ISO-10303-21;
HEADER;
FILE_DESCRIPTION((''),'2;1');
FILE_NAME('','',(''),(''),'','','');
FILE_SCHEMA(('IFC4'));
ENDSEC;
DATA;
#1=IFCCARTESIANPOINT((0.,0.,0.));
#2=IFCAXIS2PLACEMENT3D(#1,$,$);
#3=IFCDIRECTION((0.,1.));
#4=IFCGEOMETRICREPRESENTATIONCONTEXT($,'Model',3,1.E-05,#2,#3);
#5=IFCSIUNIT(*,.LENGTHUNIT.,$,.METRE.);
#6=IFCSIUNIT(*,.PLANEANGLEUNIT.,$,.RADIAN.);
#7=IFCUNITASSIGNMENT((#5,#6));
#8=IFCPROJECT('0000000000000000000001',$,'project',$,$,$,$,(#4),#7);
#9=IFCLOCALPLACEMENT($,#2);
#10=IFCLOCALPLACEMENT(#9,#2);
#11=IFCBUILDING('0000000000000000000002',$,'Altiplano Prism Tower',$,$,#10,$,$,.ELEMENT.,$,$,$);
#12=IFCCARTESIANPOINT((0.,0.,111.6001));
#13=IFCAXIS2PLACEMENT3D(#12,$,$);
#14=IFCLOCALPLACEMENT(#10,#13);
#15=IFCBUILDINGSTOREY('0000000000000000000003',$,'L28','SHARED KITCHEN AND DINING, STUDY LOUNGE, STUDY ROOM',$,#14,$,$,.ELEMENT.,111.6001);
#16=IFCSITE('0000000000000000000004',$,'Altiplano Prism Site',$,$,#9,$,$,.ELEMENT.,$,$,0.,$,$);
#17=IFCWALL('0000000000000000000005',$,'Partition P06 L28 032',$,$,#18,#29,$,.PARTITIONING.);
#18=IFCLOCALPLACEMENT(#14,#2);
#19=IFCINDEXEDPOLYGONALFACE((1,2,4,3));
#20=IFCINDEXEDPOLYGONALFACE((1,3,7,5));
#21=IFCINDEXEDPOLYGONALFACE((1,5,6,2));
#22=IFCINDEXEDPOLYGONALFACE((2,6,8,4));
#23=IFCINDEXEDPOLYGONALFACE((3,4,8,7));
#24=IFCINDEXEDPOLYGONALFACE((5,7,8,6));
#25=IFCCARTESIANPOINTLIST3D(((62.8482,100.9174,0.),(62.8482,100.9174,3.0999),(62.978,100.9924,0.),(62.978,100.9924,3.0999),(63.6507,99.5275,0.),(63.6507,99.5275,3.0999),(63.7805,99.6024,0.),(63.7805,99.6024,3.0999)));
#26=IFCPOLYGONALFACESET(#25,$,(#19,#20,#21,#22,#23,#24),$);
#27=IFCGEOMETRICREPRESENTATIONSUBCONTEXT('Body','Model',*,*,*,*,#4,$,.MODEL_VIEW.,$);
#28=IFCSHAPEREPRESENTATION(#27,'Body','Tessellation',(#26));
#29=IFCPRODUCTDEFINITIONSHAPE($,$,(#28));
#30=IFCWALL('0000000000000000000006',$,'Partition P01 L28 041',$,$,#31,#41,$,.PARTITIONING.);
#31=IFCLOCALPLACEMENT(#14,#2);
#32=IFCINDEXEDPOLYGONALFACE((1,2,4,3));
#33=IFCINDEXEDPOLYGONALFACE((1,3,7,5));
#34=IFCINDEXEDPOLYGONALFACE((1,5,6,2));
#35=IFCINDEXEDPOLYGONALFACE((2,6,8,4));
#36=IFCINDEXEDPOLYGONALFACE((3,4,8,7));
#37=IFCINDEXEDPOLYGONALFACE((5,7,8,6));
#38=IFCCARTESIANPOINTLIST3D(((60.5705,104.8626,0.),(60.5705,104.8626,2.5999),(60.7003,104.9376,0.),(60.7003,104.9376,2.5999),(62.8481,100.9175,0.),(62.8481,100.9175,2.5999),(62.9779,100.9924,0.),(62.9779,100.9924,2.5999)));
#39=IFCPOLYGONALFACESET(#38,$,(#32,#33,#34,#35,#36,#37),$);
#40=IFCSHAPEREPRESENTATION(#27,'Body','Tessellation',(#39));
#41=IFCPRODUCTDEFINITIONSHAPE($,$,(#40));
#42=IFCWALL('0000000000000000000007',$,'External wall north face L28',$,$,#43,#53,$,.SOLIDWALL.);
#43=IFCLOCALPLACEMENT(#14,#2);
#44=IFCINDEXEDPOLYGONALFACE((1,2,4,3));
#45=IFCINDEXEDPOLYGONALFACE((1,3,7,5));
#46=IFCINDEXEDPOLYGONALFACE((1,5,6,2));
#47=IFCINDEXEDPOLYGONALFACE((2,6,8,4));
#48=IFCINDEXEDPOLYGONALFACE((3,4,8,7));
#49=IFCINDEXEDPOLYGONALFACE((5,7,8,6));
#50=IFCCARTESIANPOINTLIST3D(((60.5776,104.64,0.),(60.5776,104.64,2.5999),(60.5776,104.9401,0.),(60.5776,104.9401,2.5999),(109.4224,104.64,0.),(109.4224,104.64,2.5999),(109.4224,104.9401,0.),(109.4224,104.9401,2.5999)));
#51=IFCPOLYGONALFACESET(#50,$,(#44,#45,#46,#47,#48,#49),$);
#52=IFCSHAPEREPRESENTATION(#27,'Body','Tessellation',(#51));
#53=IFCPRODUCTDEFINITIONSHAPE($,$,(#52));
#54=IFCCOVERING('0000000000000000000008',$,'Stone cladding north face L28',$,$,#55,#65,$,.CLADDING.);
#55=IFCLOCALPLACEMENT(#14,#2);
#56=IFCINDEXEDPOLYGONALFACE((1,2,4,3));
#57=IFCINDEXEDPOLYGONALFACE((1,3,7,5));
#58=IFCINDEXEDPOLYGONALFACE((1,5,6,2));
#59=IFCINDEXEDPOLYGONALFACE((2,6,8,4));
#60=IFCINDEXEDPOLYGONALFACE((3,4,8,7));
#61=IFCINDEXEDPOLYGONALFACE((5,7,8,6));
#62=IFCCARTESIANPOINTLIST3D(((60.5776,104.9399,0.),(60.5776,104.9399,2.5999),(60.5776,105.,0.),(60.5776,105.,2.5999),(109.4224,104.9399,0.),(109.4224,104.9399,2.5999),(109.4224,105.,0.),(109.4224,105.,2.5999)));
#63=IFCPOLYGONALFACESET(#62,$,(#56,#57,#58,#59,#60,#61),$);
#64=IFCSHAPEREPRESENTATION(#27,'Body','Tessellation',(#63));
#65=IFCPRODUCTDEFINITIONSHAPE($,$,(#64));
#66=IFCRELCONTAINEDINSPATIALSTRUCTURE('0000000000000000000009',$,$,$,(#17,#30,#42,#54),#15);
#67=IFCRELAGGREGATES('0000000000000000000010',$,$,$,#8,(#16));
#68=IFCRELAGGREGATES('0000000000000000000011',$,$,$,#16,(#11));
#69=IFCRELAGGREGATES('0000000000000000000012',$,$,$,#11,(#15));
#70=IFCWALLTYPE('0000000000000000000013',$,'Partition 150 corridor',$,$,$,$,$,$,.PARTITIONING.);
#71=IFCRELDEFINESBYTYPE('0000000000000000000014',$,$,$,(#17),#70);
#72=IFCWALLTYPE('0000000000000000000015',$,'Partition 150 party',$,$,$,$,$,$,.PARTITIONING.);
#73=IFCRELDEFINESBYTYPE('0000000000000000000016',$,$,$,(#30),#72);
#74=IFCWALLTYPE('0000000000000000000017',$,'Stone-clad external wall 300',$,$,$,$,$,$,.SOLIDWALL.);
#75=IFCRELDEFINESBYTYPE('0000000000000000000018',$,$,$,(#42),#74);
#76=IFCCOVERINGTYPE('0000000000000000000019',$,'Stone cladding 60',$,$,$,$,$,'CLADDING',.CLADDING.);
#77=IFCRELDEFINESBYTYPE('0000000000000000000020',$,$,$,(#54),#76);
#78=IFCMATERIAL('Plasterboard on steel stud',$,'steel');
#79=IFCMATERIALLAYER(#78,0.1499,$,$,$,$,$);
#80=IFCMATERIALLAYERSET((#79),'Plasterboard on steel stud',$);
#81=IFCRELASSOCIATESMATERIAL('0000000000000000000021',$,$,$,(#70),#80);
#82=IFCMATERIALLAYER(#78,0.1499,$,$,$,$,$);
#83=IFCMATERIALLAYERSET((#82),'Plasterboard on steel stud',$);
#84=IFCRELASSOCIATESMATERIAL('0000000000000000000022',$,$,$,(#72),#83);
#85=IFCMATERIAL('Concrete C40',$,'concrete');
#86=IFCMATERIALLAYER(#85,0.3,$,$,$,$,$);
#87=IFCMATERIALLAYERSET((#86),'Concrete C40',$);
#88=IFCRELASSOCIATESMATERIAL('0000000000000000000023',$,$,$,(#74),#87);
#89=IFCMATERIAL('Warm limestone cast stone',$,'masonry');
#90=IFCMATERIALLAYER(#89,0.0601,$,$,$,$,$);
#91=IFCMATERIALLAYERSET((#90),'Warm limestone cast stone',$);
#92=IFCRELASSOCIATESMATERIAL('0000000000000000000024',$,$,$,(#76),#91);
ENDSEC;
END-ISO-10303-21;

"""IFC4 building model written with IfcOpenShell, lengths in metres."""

from ifc_helpers import new_model, si_unit, direction, frame, frame_2d, origin, place, context, subcontext, project, spatial, rectangle, extrude, material, layer, layer_set, type_object, element, save


model = new_model("IFC4")

# Units and contexts
model_context = context("Model", 3, precision=1e-05, world=origin(), true_north=direction((0.0, 1.0)))
body_context = subcontext(model_context, "Body", "Model", "MODEL_VIEW")
ifc_project = project(units=[si_unit("LENGTHUNIT", "METRE"), si_unit("PLANEANGLEUNIT", "RADIAN")], contexts=[model_context])

# Site, building, storey
site_placement = place(None, origin())
site = spatial("IfcSite", under=ifc_project, at=site_placement, Name="Altiplano Prism Site", CompositionType="ELEMENT", RefElevation=0.0)
building_placement = place(site_placement, origin())
building = spatial("IfcBuilding", under=site, at=building_placement, Name="Altiplano Prism Tower", CompositionType="ELEMENT")
storey_placement = place(building_placement, frame((0.0, 0.0, 111.6001)))
storey = spatial("IfcBuildingStorey", under=building, at=storey_placement, Name="L28", Description="SHARED KITCHEN AND DINING, STUDY LOUNGE, STUDY ROOM", CompositionType="ELEMENT", Elevation=111.6001)

# Shared definitions
ifc_material_1 = material(Name="Plasterboard on steel stud", Category="steel")
ifc_layer_1 = layer(ifc_material_1, 0.1499)
ifc_layer_set_1 = layer_set([ifc_layer_1], Name="Plasterboard on steel stud")
wall_type_1 = type_object("IfcWallType", Name="Partition 150 corridor", PredefinedType="PARTITIONING", material=ifc_layer_set_1)

# Walls
wall_1_placement = place(storey_placement, frame((63.7156, 99.5649, 0.0), z_axis=(0.0, 0.0, 1.0), x_axis=(-0.500017, 0.866016, 0.0)))
element("IfcWall", 1, at=wall_1_placement, inside=storey, type_object=wall_type_1, Name="Partition P06 L28 032", PredefinedType="PARTITIONING", context=body_context, shape_type="SweptSolid", body=[
    extrude(rectangle(XDim=1.605, YDim=0.1499, at=frame_2d((0.8025, 0.0))), origin(), (0.0, 0.0, 1.0), 3.0999),
])
ifc_layer_2 = layer(ifc_material_1, 0.1499)
ifc_layer_set_2 = layer_set([ifc_layer_2], Name="Plasterboard on steel stud")
wall_type_2 = type_object("IfcWallType", Name="Partition 150 party", PredefinedType="PARTITIONING", material=ifc_layer_set_2)
wall_2_placement = place(storey_placement, frame((62.9131, 100.9548, 0.0), z_axis=(0.0, 0.0, 1.0), x_axis=(-0.499984, 0.866035, 0.0)))
element("IfcWall", 2, at=wall_2_placement, inside=storey, type_object=wall_type_2, Name="Partition P01 L28 041", PredefinedType="PARTITIONING", context=body_context, shape_type="SweptSolid", body=[
    extrude(rectangle(XDim=4.5554, YDim=0.1499, at=frame_2d((2.2778, 0.0))), origin(), (0.0, 0.0, 1.0), 2.5999),
])
ifc_material_2 = material(Name="Concrete C40", Category="concrete")
ifc_layer_3 = layer(ifc_material_2, 0.3)
ifc_layer_set_3 = layer_set([ifc_layer_3], Name="Concrete C40")
wall_type_3 = type_object("IfcWallType", Name="Stone-clad external wall 300", PredefinedType="SOLIDWALL", material=ifc_layer_set_3)
wall_3_placement = place(storey_placement, frame((60.5776, 104.79, 0.0), z_axis=(0.0, 0.0, 1.0), x_axis=(1.0, 0.0, 0.0)))
element("IfcWall", 3, at=wall_3_placement, inside=storey, type_object=wall_type_3, Name="External wall north face L28", PredefinedType="SOLIDWALL", context=body_context, shape_type="SweptSolid", body=[
    extrude(rectangle(XDim=48.8447, YDim=0.3, at=frame_2d((24.4224, 0.0))), origin(), (0.0, 0.0, 1.0), 2.5999),
])

# Covering
ifc_material_3 = material(Name="Warm limestone cast stone", Category="masonry")
ifc_layer_4 = layer(ifc_material_3, 0.0601)
ifc_layer_set_4 = layer_set([ifc_layer_4], Name="Warm limestone cast stone")
covering_type = type_object("IfcCoveringType", Name="Stone cladding 60", ElementType="CLADDING", PredefinedType="CLADDING", material=ifc_layer_set_4)
covering_placement = place(storey_placement, frame((60.5776, 104.97, 0.0), z_axis=(0.0, 0.0, 1.0), x_axis=(1.0, 0.0, 0.0)))
element("IfcCovering", 4, at=covering_placement, inside=storey, type_object=covering_type, Name="Stone cladding north face L28", PredefinedType="CLADDING", context=body_context, shape_type="SweptSolid", body=[
    extrude(rectangle(XDim=48.8447, YDim=0.0601, at=frame_2d((24.4224, 0.0))), origin(), (0.0, 0.0, 1.0), 2.5999),
])

save(model, "model.ifc")
